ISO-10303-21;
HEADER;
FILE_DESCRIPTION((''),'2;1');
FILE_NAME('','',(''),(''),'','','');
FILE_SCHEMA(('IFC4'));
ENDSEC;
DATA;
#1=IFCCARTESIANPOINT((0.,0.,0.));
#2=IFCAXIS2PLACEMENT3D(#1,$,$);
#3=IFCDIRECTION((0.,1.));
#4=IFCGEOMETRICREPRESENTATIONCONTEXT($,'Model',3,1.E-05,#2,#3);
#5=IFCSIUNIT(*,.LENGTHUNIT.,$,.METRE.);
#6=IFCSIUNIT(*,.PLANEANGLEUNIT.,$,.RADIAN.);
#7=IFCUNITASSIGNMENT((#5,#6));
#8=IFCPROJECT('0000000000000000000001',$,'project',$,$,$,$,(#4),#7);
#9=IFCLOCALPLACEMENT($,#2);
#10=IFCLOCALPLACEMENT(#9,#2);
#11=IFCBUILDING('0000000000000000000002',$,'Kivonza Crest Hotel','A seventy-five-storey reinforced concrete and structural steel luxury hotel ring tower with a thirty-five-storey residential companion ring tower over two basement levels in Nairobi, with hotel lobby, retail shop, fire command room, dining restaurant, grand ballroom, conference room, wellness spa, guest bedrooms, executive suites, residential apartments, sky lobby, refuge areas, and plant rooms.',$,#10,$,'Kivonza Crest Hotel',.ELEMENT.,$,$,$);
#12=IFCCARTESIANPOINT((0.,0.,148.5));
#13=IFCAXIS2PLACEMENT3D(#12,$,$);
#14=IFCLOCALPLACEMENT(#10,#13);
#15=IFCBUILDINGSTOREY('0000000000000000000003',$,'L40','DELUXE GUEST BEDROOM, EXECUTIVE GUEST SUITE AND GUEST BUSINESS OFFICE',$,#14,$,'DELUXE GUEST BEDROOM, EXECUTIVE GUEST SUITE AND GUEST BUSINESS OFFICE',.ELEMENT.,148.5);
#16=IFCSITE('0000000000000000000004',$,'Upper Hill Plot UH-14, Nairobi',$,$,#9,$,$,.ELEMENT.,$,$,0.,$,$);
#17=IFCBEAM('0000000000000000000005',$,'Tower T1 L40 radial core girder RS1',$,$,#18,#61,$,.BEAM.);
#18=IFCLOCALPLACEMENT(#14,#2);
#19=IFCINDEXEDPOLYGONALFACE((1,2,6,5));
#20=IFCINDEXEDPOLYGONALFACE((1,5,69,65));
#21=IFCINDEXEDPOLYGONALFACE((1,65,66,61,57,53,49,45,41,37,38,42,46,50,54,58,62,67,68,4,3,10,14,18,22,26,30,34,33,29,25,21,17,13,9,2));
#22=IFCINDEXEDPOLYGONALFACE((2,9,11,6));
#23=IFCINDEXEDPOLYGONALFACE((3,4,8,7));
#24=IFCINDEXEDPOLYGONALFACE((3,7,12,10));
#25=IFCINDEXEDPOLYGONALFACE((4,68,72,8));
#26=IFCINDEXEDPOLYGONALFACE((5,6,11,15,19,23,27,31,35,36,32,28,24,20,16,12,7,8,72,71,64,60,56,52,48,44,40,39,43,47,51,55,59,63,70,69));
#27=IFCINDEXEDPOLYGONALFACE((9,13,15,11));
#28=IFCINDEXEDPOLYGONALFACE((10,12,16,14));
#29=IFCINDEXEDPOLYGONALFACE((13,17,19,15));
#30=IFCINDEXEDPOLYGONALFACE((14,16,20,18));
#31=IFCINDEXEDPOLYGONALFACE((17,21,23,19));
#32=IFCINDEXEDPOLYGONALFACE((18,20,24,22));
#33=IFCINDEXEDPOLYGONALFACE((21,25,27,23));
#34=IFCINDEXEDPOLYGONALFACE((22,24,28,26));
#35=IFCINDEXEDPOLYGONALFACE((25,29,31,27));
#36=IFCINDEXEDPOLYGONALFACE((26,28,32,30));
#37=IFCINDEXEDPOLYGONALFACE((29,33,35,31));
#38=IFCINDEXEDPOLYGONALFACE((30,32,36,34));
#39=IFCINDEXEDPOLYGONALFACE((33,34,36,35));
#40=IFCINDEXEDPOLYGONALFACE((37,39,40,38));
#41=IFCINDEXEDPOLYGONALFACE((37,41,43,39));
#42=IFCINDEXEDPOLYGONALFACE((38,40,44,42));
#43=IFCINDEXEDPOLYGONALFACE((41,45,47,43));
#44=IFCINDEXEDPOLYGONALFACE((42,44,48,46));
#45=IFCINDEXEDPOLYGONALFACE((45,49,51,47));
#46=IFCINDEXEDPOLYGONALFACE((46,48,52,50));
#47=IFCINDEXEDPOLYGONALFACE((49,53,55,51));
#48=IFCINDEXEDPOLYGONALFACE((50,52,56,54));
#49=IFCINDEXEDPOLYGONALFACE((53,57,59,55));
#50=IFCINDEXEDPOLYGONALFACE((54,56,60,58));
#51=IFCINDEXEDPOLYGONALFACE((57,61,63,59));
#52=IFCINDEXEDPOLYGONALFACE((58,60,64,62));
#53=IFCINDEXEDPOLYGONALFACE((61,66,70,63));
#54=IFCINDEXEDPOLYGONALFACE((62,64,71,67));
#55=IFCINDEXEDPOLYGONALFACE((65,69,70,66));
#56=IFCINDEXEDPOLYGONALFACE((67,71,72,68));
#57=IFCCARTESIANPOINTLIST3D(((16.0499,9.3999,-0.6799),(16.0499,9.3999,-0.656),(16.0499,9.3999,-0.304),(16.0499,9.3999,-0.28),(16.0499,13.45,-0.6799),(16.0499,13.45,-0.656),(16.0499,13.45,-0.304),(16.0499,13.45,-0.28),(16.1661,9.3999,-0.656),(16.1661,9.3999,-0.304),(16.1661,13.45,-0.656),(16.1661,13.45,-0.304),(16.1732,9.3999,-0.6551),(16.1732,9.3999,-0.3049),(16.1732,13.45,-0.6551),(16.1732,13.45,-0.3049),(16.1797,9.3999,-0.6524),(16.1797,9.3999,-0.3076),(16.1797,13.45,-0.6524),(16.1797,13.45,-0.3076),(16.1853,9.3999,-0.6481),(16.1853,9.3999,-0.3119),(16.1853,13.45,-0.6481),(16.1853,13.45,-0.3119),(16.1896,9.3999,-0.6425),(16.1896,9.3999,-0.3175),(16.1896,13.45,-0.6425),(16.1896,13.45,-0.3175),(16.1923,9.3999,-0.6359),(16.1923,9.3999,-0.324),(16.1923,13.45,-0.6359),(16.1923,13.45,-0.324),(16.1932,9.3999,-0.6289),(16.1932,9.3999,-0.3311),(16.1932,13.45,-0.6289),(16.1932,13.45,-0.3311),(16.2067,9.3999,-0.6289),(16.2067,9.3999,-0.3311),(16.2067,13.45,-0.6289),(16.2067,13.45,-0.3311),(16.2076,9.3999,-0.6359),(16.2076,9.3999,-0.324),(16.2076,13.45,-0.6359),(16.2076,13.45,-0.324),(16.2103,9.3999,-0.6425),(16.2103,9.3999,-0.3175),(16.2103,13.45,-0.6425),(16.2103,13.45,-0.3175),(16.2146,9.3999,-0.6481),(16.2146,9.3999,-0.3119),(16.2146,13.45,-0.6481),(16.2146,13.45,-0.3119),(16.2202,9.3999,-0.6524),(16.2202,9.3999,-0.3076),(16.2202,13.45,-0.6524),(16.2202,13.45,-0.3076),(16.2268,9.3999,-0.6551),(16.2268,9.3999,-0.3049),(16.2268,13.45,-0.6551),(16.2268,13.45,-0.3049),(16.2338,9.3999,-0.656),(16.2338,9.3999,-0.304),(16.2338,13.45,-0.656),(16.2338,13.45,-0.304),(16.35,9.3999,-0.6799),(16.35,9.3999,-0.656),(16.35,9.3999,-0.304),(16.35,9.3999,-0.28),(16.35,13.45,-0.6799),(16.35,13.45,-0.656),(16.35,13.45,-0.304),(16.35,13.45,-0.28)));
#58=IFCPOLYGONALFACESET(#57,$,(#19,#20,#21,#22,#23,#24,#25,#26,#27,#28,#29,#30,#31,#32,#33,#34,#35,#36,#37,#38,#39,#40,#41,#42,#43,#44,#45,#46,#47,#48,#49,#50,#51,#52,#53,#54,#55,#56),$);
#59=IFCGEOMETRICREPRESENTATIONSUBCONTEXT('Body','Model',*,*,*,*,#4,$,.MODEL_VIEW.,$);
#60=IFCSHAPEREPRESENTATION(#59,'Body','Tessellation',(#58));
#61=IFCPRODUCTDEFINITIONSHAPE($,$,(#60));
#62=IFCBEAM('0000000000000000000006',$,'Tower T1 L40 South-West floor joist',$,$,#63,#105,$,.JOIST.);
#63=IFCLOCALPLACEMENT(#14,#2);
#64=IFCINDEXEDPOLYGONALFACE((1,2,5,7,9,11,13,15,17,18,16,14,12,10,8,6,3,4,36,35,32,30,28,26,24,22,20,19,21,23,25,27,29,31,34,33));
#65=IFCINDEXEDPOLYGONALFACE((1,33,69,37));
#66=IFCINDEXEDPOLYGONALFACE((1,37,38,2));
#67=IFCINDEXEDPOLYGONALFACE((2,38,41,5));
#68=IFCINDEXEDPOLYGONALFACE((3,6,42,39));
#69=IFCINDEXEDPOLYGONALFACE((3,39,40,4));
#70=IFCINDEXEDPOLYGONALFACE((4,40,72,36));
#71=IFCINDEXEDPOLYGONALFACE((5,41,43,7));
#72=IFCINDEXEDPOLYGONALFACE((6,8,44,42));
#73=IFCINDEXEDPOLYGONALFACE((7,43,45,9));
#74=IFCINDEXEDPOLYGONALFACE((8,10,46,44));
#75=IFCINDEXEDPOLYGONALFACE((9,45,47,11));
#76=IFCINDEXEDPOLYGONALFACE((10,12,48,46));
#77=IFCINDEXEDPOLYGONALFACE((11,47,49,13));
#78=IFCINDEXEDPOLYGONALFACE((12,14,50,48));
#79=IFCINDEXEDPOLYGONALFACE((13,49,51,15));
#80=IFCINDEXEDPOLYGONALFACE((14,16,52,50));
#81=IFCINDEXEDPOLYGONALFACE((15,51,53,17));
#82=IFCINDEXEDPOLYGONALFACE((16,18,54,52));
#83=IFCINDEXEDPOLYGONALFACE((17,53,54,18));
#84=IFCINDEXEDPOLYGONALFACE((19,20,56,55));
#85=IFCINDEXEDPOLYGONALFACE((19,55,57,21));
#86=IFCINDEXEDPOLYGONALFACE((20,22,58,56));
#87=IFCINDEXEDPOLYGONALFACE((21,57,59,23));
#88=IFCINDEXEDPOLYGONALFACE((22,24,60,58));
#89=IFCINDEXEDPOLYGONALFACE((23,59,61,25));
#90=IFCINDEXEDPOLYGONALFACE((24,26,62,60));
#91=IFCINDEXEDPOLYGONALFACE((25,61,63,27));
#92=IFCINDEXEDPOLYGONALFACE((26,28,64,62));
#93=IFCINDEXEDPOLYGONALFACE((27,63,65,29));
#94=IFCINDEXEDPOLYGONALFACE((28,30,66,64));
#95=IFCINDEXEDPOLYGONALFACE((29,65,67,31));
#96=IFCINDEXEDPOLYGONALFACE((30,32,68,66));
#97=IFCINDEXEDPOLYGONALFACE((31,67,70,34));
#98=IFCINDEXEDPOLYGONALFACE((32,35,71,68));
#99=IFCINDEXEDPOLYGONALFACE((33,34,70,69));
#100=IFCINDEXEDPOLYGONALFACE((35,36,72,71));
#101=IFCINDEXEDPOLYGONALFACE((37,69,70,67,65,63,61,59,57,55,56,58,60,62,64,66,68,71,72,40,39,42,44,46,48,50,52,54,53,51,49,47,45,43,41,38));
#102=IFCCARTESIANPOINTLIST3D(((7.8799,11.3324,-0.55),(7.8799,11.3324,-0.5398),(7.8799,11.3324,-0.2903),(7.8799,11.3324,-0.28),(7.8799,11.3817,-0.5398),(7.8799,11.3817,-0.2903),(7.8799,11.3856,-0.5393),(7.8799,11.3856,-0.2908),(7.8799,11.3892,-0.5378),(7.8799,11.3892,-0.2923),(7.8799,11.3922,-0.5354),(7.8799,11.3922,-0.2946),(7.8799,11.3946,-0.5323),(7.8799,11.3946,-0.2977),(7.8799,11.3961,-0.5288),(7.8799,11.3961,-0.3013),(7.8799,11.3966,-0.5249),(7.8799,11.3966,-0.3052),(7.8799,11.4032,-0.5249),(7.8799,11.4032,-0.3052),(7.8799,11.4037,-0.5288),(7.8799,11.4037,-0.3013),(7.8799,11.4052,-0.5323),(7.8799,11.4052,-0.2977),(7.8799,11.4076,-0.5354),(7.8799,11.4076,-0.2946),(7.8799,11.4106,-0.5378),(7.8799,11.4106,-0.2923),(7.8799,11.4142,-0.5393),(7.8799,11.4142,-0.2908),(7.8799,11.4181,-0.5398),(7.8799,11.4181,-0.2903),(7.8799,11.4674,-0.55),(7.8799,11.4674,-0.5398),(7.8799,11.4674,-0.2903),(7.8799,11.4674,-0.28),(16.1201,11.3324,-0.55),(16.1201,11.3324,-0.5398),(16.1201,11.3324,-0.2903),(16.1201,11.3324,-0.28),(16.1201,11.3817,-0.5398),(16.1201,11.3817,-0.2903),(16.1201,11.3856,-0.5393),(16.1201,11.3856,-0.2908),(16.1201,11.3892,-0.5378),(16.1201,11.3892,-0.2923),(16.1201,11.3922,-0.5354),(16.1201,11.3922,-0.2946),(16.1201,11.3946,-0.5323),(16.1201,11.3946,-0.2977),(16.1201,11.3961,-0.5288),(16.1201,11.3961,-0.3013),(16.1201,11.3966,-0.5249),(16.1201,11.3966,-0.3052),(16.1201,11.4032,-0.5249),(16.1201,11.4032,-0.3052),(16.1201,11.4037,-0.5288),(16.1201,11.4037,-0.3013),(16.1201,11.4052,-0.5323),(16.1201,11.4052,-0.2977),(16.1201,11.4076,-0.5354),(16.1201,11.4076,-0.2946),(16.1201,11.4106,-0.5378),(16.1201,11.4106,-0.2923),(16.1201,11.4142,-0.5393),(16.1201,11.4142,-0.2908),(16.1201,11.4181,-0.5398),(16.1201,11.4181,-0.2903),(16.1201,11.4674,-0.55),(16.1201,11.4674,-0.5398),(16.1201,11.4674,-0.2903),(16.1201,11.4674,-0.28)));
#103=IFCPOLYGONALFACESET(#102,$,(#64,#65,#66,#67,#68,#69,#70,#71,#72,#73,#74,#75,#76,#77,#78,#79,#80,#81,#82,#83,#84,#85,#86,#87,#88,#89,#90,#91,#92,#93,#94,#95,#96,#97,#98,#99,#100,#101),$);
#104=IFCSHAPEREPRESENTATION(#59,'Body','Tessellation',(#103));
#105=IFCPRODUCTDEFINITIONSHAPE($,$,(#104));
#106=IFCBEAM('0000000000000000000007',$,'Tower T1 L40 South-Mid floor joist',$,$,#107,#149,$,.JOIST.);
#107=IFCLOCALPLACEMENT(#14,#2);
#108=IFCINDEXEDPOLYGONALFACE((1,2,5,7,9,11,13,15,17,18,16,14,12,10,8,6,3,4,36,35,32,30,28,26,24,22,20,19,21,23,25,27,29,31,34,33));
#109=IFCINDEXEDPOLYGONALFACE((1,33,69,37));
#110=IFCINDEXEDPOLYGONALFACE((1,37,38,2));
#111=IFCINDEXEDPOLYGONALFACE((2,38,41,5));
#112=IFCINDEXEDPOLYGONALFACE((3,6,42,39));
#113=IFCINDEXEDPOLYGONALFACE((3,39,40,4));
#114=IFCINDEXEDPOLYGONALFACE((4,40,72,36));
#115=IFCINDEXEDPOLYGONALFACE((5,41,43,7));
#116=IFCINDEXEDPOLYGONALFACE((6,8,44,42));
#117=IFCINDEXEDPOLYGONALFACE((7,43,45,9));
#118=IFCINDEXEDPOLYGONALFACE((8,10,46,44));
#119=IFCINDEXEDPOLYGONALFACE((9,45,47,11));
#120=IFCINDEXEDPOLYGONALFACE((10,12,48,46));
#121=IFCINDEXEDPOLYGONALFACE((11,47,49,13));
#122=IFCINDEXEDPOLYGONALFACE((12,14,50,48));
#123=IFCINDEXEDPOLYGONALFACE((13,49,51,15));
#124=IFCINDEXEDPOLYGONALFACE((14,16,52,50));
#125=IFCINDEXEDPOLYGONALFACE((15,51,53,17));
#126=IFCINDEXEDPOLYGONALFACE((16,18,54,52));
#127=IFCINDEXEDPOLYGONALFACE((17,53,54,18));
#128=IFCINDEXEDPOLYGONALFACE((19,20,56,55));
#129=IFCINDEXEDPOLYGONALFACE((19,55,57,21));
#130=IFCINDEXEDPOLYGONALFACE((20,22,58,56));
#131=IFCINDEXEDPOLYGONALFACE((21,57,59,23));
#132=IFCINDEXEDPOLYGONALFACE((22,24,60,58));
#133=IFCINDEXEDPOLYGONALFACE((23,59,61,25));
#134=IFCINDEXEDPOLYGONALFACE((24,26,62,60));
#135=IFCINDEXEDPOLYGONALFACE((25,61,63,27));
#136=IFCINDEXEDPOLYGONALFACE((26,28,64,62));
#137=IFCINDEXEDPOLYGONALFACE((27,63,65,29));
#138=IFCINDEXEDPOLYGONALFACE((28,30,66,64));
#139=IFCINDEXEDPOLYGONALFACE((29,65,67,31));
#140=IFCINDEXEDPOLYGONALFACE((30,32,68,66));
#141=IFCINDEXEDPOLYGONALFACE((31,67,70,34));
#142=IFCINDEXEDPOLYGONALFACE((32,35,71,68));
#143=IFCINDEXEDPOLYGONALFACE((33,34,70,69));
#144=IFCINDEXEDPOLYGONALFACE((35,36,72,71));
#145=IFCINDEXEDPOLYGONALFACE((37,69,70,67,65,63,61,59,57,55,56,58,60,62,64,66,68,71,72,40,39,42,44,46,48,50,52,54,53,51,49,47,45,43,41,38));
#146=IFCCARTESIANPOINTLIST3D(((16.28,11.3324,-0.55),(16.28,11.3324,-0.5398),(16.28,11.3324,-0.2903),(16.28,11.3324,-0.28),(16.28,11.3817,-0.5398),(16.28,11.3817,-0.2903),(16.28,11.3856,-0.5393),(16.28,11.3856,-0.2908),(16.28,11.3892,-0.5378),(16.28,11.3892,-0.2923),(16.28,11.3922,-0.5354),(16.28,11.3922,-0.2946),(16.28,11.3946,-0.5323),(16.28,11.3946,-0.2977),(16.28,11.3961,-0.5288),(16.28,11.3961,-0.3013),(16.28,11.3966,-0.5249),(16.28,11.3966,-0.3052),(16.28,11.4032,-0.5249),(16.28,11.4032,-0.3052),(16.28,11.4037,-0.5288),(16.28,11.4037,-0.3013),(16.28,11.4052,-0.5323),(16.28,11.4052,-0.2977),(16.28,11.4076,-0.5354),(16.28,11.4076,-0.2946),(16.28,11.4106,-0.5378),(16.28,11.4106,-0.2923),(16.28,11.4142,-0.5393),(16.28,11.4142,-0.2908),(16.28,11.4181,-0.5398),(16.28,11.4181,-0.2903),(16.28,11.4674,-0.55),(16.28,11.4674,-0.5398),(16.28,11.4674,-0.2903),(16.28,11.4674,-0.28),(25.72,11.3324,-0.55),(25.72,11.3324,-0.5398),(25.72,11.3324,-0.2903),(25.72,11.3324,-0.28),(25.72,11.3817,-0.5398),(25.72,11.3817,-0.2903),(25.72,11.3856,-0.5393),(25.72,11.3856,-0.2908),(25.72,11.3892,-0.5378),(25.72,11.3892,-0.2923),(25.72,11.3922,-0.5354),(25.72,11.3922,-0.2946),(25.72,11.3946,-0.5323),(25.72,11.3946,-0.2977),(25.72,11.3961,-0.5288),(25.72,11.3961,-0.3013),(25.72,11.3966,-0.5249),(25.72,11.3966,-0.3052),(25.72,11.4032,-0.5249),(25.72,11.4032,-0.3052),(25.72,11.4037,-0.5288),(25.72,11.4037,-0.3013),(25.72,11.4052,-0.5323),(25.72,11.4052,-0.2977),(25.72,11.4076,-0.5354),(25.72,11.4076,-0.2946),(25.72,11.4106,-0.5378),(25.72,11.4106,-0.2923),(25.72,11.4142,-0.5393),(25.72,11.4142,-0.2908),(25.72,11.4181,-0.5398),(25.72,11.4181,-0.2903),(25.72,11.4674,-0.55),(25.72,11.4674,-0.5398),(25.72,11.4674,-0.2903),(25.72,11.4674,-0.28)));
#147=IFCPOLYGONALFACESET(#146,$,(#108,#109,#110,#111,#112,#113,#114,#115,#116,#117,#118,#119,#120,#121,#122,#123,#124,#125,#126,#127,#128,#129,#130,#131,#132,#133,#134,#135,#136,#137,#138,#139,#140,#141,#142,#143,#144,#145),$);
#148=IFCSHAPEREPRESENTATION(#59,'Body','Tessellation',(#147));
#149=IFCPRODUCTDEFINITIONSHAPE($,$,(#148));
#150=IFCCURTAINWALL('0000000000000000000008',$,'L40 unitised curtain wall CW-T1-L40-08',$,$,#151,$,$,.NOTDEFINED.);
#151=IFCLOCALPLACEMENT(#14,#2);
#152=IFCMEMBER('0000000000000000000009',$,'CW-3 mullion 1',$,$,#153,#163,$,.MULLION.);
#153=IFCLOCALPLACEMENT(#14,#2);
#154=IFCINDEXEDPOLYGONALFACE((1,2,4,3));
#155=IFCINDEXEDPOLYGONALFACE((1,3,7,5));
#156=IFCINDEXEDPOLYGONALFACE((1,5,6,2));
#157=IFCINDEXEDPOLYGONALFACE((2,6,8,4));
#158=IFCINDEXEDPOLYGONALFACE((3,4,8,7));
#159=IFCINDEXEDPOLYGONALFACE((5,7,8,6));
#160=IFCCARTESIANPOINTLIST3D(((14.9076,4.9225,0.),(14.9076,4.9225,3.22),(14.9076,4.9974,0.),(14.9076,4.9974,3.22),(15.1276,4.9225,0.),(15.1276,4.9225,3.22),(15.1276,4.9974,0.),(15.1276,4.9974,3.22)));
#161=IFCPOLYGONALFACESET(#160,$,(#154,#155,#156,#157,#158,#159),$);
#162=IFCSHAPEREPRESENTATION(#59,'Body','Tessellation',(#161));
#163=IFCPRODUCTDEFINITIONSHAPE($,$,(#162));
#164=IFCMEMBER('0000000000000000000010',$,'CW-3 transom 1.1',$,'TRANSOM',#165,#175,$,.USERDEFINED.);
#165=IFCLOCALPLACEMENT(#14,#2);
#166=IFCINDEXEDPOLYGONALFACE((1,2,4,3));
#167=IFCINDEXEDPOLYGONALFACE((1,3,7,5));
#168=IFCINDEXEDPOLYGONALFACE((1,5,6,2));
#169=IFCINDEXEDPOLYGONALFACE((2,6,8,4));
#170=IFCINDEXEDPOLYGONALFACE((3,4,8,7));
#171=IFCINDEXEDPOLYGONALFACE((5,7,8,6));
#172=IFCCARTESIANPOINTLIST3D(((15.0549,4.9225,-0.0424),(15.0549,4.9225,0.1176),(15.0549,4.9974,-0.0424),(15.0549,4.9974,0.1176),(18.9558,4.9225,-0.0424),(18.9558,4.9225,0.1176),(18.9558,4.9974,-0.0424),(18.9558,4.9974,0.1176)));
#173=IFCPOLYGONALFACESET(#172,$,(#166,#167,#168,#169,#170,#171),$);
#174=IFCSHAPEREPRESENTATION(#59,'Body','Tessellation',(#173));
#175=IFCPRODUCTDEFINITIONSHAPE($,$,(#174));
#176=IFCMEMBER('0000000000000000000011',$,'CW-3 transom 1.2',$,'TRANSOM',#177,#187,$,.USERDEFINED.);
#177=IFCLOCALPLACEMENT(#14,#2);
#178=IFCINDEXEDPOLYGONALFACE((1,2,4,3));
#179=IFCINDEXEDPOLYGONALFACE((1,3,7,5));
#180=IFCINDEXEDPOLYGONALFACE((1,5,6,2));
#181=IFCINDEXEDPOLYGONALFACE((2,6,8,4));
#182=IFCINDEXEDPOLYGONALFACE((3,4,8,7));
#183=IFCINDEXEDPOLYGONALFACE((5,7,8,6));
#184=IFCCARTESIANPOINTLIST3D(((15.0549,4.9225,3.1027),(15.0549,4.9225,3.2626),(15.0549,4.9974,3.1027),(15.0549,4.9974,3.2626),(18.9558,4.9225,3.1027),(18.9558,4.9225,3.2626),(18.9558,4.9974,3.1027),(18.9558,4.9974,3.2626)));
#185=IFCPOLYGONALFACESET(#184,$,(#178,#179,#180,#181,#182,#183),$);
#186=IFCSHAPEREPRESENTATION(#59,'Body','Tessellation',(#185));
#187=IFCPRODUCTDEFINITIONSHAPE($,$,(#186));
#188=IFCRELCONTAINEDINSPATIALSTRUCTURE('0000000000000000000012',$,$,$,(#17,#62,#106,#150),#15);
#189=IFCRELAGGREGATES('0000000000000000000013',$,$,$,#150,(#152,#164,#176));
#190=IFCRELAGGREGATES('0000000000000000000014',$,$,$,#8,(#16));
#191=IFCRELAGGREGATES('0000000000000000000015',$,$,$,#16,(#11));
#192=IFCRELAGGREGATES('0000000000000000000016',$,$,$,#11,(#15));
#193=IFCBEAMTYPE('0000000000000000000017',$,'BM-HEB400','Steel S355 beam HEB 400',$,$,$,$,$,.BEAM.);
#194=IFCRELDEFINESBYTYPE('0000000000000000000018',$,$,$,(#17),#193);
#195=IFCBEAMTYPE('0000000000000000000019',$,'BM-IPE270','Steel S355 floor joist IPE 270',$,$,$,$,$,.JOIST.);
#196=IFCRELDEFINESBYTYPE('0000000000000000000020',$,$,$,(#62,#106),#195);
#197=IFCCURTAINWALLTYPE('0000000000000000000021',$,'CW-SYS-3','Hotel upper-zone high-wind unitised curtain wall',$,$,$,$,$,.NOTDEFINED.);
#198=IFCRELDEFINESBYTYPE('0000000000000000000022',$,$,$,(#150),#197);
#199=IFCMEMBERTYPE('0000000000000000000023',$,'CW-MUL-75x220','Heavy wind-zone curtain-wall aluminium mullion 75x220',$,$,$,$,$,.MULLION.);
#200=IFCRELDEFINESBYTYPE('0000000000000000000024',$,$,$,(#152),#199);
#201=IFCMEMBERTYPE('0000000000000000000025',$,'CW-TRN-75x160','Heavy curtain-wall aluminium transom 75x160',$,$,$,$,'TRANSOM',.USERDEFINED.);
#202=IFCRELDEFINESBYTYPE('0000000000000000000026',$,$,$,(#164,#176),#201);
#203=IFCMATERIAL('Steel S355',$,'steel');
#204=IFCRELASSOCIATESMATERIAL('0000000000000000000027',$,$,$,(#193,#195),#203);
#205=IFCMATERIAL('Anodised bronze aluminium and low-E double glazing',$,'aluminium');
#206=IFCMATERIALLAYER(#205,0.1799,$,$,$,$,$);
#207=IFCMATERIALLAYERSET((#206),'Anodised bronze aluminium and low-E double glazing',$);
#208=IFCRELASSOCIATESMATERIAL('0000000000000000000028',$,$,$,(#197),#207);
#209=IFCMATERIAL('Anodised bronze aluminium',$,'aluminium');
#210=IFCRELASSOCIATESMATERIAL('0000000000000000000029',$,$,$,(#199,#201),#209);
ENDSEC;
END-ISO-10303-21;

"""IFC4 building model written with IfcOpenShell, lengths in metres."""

from ifc_helpers import new_model, si_unit, direction, frame, origin, origin_2d, place, context, subcontext, project, spatial, rectangle, i_section, extrude, material, layer, layer_set, material_profile, profile_set, type_object, element, aggregate, save


model = new_model("IFC4")

# Units and contexts
model_context = context("Model", 3, precision=1e-05, world=origin(), true_north=direction((0.0, 1.0)))
body_context = subcontext(model_context, "Body", "Model", "MODEL_VIEW")
ifc_project = project(units=[si_unit("LENGTHUNIT", "METRE"), si_unit("PLANEANGLEUNIT", "RADIAN")], contexts=[model_context])

# Site, building, storey
site_placement = place(None, origin())
site = spatial("IfcSite", under=ifc_project, at=site_placement, Name="Upper Hill Plot UH-14, Nairobi", CompositionType="ELEMENT", RefElevation=0.0)
building_placement = place(site_placement, origin())
building = spatial("IfcBuilding", under=site, at=building_placement, Name="Kivonza Crest Hotel", Description="A seventy-five-storey reinforced concrete and structural steel luxury hotel ring tower with a thirty-five-storey residential companion ring tower over two basement levels in Nairobi, with hotel lobby, retail shop, fire command room, dining restaurant, grand ballroom, conference room, wellness spa, guest bedrooms, executive suites, residential apartments, sky lobby, refuge areas, and plant rooms.", LongName="Kivonza Crest Hotel", CompositionType="ELEMENT")
storey_placement = place(building_placement, frame((0.0, 0.0, 148.5)))
storey = spatial("IfcBuildingStorey", under=building, at=storey_placement, Name="L40", Description="DELUXE GUEST BEDROOM, EXECUTIVE GUEST SUITE AND GUEST BUSINESS OFFICE", LongName="DELUXE GUEST BEDROOM, EXECUTIVE GUEST SUITE AND GUEST BUSINESS OFFICE", CompositionType="ELEMENT", Elevation=148.5)

# Beams
ifc_material_1 = material(Name="Steel S355", Category="steel")
ifc_material_profile_1 = material_profile(ifc_material_1, i_section(OverallWidth=0.3, OverallDepth=0.3999, WebThickness=0.0134, FlangeThickness=0.0239, FilletRadius=0.0271, at=origin_2d()), Name="HEB 400")
ifc_profile_set_1 = profile_set([ifc_material_profile_1], Name="Steel S355")
beam_type_1 = type_object("IfcBeamType", Name="BM-HEB400", Description="Steel S355 beam HEB 400", PredefinedType="BEAM", material=ifc_profile_set_1)
beam_1_placement = place(storey_placement, frame((16.2, 9.3999, -0.48), z_axis=(0.0, 1.0, 0.0), x_axis=(-1.0, 0.0, 0.0)))
element("IfcBeam", 1, at=beam_1_placement, inside=storey, type_object=beam_type_1, Name="Tower T1 L40 radial core girder RS1", PredefinedType="BEAM", context=body_context, shape_type="SweptSolid", body=[
    extrude(i_section(OverallWidth=0.3, OverallDepth=0.3999, WebThickness=0.0134, FlangeThickness=0.0239, FilletRadius=0.0271, at=origin_2d()), origin(), (0.0, 0.0, 1.0), 4.05),
])
ifc_material_profile_2 = material_profile(ifc_material_1, i_section(OverallWidth=0.135, OverallDepth=0.27, WebThickness=0.0066, FlangeThickness=0.0103, FilletRadius=0.0149, at=origin_2d()), Name="IPE 270")
ifc_profile_set_2 = profile_set([ifc_material_profile_2], Name="Steel S355")
beam_type_2 = type_object("IfcBeamType", Name="BM-IPE270", Description="Steel S355 floor joist IPE 270", PredefinedType="JOIST", material=ifc_profile_set_2)
beam_2_placement = place(storey_placement, frame((7.8799, 11.3999, -0.415), z_axis=(1.0, 0.0, 0.0), x_axis=(0.0, 1.0, 0.0)))
element("IfcBeam", 2, at=beam_2_placement, inside=storey, type_object=beam_type_2, Name="Tower T1 L40 South-West floor joist", PredefinedType="JOIST", context=body_context, shape_type="SweptSolid", body=[
    extrude(i_section(OverallWidth=0.135, OverallDepth=0.27, WebThickness=0.0066, FlangeThickness=0.0103, FilletRadius=0.0149, at=origin_2d()), origin(), (0.0, 0.0, 1.0), 8.2402),
])
beam_3_placement = place(storey_placement, frame((16.28, 11.3999, -0.415), z_axis=(1.0, 0.0, 0.0), x_axis=(0.0, 1.0, 0.0)))
element("IfcBeam", 3, at=beam_3_placement, inside=storey, type_object=beam_type_2, Name="Tower T1 L40 South-Mid floor joist", PredefinedType="JOIST", context=body_context, shape_type="SweptSolid", body=[
    extrude(i_section(OverallWidth=0.135, OverallDepth=0.27, WebThickness=0.0066, FlangeThickness=0.0103, FilletRadius=0.0149, at=origin_2d()), origin(), (0.0, 0.0, 1.0), 9.4399),
])

# Curtain wall, members
ifc_material_2 = material(Name="Anodised bronze aluminium and low-E double glazing", Category="aluminium")
ifc_layer_1 = layer(ifc_material_2, 0.1799)
ifc_layer_set_1 = layer_set([ifc_layer_1], Name="Anodised bronze aluminium and low-E double glazing")
curtain_wall_type = type_object("IfcCurtainWallType", Name="CW-SYS-3", Description="Hotel upper-zone high-wind unitised curtain wall", PredefinedType="NOTDEFINED", material=ifc_layer_set_1)
curtain_wall_placement = place(storey_placement, origin())
curtain_wall = element("IfcCurtainWall", 4, at=curtain_wall_placement, inside=storey, type_object=curtain_wall_type, Name="L40 unitised curtain wall CW-T1-L40-08", PredefinedType="NOTDEFINED")
ifc_material_3 = material(Name="Anodised bronze aluminium", Category="aluminium")
ifc_material_profile_3 = material_profile(ifc_material_3, rectangle(XDim=0.075, YDim=0.22, at=origin_2d()), Name="CW-M 75x220")
ifc_profile_set_3 = profile_set([ifc_material_profile_3], Name="Anodised bronze aluminium")
member_type_1 = type_object("IfcMemberType", Name="CW-MUL-75x220", Description="Heavy wind-zone curtain-wall aluminium mullion 75x220", PredefinedType="MULLION", material=ifc_profile_set_3)
member_1_placement = place(storey_placement, frame((15.0176, 4.96, 0.0), z_axis=(0.0, 0.0, 1.0), x_axis=(0.0, 1.0, 0.0)))
member_1 = element("IfcMember", 5, at=member_1_placement, type_object=member_type_1, Name="CW-3 mullion 1", PredefinedType="MULLION", context=body_context, shape_type="SweptSolid", body=[
    extrude(rectangle(XDim=0.075, YDim=0.22, at=origin_2d()), origin(), (0.0, 0.0, 1.0), 3.22),
])
ifc_material_profile_4 = material_profile(ifc_material_3, rectangle(XDim=0.075, YDim=0.1599, at=origin_2d()), Name="CW-T 75x160")
ifc_profile_set_4 = profile_set([ifc_material_profile_4], Name="Anodised bronze aluminium")
member_type_2 = type_object("IfcMemberType", Name="CW-TRN-75x160", Description="Heavy curtain-wall aluminium transom 75x160", ElementType="TRANSOM", PredefinedType="USERDEFINED", material=ifc_profile_set_4)
member_2_placement = place(storey_placement, frame((15.0549, 4.96, 0.0376), z_axis=(1.0, 0.0, 0.0), x_axis=(0.0, 1.0, 0.0)))
member_2 = element("IfcMember", 6, at=member_2_placement, type_object=member_type_2, Name="CW-3 transom 1.1", ObjectType="TRANSOM", PredefinedType="USERDEFINED", context=body_context, shape_type="SweptSolid", body=[
    extrude(rectangle(XDim=0.075, YDim=0.1599, at=origin_2d()), origin(), (0.0, 0.0, 1.0), 3.9009),
])
member_3_placement = place(storey_placement, frame((15.0549, 4.96, 3.1826), z_axis=(1.0, 0.0, 0.0), x_axis=(0.0, 1.0, 0.0)))
member_3 = element("IfcMember", 7, at=member_3_placement, type_object=member_type_2, Name="CW-3 transom 1.2", ObjectType="TRANSOM", PredefinedType="USERDEFINED", context=body_context, shape_type="SweptSolid", body=[
    extrude(rectangle(XDim=0.075, YDim=0.1599, at=origin_2d()), origin(), (0.0, 0.0, 1.0), 3.9009),
])
aggregate(curtain_wall, [member_1, member_2, member_3])

save(model, "model.ifc")
